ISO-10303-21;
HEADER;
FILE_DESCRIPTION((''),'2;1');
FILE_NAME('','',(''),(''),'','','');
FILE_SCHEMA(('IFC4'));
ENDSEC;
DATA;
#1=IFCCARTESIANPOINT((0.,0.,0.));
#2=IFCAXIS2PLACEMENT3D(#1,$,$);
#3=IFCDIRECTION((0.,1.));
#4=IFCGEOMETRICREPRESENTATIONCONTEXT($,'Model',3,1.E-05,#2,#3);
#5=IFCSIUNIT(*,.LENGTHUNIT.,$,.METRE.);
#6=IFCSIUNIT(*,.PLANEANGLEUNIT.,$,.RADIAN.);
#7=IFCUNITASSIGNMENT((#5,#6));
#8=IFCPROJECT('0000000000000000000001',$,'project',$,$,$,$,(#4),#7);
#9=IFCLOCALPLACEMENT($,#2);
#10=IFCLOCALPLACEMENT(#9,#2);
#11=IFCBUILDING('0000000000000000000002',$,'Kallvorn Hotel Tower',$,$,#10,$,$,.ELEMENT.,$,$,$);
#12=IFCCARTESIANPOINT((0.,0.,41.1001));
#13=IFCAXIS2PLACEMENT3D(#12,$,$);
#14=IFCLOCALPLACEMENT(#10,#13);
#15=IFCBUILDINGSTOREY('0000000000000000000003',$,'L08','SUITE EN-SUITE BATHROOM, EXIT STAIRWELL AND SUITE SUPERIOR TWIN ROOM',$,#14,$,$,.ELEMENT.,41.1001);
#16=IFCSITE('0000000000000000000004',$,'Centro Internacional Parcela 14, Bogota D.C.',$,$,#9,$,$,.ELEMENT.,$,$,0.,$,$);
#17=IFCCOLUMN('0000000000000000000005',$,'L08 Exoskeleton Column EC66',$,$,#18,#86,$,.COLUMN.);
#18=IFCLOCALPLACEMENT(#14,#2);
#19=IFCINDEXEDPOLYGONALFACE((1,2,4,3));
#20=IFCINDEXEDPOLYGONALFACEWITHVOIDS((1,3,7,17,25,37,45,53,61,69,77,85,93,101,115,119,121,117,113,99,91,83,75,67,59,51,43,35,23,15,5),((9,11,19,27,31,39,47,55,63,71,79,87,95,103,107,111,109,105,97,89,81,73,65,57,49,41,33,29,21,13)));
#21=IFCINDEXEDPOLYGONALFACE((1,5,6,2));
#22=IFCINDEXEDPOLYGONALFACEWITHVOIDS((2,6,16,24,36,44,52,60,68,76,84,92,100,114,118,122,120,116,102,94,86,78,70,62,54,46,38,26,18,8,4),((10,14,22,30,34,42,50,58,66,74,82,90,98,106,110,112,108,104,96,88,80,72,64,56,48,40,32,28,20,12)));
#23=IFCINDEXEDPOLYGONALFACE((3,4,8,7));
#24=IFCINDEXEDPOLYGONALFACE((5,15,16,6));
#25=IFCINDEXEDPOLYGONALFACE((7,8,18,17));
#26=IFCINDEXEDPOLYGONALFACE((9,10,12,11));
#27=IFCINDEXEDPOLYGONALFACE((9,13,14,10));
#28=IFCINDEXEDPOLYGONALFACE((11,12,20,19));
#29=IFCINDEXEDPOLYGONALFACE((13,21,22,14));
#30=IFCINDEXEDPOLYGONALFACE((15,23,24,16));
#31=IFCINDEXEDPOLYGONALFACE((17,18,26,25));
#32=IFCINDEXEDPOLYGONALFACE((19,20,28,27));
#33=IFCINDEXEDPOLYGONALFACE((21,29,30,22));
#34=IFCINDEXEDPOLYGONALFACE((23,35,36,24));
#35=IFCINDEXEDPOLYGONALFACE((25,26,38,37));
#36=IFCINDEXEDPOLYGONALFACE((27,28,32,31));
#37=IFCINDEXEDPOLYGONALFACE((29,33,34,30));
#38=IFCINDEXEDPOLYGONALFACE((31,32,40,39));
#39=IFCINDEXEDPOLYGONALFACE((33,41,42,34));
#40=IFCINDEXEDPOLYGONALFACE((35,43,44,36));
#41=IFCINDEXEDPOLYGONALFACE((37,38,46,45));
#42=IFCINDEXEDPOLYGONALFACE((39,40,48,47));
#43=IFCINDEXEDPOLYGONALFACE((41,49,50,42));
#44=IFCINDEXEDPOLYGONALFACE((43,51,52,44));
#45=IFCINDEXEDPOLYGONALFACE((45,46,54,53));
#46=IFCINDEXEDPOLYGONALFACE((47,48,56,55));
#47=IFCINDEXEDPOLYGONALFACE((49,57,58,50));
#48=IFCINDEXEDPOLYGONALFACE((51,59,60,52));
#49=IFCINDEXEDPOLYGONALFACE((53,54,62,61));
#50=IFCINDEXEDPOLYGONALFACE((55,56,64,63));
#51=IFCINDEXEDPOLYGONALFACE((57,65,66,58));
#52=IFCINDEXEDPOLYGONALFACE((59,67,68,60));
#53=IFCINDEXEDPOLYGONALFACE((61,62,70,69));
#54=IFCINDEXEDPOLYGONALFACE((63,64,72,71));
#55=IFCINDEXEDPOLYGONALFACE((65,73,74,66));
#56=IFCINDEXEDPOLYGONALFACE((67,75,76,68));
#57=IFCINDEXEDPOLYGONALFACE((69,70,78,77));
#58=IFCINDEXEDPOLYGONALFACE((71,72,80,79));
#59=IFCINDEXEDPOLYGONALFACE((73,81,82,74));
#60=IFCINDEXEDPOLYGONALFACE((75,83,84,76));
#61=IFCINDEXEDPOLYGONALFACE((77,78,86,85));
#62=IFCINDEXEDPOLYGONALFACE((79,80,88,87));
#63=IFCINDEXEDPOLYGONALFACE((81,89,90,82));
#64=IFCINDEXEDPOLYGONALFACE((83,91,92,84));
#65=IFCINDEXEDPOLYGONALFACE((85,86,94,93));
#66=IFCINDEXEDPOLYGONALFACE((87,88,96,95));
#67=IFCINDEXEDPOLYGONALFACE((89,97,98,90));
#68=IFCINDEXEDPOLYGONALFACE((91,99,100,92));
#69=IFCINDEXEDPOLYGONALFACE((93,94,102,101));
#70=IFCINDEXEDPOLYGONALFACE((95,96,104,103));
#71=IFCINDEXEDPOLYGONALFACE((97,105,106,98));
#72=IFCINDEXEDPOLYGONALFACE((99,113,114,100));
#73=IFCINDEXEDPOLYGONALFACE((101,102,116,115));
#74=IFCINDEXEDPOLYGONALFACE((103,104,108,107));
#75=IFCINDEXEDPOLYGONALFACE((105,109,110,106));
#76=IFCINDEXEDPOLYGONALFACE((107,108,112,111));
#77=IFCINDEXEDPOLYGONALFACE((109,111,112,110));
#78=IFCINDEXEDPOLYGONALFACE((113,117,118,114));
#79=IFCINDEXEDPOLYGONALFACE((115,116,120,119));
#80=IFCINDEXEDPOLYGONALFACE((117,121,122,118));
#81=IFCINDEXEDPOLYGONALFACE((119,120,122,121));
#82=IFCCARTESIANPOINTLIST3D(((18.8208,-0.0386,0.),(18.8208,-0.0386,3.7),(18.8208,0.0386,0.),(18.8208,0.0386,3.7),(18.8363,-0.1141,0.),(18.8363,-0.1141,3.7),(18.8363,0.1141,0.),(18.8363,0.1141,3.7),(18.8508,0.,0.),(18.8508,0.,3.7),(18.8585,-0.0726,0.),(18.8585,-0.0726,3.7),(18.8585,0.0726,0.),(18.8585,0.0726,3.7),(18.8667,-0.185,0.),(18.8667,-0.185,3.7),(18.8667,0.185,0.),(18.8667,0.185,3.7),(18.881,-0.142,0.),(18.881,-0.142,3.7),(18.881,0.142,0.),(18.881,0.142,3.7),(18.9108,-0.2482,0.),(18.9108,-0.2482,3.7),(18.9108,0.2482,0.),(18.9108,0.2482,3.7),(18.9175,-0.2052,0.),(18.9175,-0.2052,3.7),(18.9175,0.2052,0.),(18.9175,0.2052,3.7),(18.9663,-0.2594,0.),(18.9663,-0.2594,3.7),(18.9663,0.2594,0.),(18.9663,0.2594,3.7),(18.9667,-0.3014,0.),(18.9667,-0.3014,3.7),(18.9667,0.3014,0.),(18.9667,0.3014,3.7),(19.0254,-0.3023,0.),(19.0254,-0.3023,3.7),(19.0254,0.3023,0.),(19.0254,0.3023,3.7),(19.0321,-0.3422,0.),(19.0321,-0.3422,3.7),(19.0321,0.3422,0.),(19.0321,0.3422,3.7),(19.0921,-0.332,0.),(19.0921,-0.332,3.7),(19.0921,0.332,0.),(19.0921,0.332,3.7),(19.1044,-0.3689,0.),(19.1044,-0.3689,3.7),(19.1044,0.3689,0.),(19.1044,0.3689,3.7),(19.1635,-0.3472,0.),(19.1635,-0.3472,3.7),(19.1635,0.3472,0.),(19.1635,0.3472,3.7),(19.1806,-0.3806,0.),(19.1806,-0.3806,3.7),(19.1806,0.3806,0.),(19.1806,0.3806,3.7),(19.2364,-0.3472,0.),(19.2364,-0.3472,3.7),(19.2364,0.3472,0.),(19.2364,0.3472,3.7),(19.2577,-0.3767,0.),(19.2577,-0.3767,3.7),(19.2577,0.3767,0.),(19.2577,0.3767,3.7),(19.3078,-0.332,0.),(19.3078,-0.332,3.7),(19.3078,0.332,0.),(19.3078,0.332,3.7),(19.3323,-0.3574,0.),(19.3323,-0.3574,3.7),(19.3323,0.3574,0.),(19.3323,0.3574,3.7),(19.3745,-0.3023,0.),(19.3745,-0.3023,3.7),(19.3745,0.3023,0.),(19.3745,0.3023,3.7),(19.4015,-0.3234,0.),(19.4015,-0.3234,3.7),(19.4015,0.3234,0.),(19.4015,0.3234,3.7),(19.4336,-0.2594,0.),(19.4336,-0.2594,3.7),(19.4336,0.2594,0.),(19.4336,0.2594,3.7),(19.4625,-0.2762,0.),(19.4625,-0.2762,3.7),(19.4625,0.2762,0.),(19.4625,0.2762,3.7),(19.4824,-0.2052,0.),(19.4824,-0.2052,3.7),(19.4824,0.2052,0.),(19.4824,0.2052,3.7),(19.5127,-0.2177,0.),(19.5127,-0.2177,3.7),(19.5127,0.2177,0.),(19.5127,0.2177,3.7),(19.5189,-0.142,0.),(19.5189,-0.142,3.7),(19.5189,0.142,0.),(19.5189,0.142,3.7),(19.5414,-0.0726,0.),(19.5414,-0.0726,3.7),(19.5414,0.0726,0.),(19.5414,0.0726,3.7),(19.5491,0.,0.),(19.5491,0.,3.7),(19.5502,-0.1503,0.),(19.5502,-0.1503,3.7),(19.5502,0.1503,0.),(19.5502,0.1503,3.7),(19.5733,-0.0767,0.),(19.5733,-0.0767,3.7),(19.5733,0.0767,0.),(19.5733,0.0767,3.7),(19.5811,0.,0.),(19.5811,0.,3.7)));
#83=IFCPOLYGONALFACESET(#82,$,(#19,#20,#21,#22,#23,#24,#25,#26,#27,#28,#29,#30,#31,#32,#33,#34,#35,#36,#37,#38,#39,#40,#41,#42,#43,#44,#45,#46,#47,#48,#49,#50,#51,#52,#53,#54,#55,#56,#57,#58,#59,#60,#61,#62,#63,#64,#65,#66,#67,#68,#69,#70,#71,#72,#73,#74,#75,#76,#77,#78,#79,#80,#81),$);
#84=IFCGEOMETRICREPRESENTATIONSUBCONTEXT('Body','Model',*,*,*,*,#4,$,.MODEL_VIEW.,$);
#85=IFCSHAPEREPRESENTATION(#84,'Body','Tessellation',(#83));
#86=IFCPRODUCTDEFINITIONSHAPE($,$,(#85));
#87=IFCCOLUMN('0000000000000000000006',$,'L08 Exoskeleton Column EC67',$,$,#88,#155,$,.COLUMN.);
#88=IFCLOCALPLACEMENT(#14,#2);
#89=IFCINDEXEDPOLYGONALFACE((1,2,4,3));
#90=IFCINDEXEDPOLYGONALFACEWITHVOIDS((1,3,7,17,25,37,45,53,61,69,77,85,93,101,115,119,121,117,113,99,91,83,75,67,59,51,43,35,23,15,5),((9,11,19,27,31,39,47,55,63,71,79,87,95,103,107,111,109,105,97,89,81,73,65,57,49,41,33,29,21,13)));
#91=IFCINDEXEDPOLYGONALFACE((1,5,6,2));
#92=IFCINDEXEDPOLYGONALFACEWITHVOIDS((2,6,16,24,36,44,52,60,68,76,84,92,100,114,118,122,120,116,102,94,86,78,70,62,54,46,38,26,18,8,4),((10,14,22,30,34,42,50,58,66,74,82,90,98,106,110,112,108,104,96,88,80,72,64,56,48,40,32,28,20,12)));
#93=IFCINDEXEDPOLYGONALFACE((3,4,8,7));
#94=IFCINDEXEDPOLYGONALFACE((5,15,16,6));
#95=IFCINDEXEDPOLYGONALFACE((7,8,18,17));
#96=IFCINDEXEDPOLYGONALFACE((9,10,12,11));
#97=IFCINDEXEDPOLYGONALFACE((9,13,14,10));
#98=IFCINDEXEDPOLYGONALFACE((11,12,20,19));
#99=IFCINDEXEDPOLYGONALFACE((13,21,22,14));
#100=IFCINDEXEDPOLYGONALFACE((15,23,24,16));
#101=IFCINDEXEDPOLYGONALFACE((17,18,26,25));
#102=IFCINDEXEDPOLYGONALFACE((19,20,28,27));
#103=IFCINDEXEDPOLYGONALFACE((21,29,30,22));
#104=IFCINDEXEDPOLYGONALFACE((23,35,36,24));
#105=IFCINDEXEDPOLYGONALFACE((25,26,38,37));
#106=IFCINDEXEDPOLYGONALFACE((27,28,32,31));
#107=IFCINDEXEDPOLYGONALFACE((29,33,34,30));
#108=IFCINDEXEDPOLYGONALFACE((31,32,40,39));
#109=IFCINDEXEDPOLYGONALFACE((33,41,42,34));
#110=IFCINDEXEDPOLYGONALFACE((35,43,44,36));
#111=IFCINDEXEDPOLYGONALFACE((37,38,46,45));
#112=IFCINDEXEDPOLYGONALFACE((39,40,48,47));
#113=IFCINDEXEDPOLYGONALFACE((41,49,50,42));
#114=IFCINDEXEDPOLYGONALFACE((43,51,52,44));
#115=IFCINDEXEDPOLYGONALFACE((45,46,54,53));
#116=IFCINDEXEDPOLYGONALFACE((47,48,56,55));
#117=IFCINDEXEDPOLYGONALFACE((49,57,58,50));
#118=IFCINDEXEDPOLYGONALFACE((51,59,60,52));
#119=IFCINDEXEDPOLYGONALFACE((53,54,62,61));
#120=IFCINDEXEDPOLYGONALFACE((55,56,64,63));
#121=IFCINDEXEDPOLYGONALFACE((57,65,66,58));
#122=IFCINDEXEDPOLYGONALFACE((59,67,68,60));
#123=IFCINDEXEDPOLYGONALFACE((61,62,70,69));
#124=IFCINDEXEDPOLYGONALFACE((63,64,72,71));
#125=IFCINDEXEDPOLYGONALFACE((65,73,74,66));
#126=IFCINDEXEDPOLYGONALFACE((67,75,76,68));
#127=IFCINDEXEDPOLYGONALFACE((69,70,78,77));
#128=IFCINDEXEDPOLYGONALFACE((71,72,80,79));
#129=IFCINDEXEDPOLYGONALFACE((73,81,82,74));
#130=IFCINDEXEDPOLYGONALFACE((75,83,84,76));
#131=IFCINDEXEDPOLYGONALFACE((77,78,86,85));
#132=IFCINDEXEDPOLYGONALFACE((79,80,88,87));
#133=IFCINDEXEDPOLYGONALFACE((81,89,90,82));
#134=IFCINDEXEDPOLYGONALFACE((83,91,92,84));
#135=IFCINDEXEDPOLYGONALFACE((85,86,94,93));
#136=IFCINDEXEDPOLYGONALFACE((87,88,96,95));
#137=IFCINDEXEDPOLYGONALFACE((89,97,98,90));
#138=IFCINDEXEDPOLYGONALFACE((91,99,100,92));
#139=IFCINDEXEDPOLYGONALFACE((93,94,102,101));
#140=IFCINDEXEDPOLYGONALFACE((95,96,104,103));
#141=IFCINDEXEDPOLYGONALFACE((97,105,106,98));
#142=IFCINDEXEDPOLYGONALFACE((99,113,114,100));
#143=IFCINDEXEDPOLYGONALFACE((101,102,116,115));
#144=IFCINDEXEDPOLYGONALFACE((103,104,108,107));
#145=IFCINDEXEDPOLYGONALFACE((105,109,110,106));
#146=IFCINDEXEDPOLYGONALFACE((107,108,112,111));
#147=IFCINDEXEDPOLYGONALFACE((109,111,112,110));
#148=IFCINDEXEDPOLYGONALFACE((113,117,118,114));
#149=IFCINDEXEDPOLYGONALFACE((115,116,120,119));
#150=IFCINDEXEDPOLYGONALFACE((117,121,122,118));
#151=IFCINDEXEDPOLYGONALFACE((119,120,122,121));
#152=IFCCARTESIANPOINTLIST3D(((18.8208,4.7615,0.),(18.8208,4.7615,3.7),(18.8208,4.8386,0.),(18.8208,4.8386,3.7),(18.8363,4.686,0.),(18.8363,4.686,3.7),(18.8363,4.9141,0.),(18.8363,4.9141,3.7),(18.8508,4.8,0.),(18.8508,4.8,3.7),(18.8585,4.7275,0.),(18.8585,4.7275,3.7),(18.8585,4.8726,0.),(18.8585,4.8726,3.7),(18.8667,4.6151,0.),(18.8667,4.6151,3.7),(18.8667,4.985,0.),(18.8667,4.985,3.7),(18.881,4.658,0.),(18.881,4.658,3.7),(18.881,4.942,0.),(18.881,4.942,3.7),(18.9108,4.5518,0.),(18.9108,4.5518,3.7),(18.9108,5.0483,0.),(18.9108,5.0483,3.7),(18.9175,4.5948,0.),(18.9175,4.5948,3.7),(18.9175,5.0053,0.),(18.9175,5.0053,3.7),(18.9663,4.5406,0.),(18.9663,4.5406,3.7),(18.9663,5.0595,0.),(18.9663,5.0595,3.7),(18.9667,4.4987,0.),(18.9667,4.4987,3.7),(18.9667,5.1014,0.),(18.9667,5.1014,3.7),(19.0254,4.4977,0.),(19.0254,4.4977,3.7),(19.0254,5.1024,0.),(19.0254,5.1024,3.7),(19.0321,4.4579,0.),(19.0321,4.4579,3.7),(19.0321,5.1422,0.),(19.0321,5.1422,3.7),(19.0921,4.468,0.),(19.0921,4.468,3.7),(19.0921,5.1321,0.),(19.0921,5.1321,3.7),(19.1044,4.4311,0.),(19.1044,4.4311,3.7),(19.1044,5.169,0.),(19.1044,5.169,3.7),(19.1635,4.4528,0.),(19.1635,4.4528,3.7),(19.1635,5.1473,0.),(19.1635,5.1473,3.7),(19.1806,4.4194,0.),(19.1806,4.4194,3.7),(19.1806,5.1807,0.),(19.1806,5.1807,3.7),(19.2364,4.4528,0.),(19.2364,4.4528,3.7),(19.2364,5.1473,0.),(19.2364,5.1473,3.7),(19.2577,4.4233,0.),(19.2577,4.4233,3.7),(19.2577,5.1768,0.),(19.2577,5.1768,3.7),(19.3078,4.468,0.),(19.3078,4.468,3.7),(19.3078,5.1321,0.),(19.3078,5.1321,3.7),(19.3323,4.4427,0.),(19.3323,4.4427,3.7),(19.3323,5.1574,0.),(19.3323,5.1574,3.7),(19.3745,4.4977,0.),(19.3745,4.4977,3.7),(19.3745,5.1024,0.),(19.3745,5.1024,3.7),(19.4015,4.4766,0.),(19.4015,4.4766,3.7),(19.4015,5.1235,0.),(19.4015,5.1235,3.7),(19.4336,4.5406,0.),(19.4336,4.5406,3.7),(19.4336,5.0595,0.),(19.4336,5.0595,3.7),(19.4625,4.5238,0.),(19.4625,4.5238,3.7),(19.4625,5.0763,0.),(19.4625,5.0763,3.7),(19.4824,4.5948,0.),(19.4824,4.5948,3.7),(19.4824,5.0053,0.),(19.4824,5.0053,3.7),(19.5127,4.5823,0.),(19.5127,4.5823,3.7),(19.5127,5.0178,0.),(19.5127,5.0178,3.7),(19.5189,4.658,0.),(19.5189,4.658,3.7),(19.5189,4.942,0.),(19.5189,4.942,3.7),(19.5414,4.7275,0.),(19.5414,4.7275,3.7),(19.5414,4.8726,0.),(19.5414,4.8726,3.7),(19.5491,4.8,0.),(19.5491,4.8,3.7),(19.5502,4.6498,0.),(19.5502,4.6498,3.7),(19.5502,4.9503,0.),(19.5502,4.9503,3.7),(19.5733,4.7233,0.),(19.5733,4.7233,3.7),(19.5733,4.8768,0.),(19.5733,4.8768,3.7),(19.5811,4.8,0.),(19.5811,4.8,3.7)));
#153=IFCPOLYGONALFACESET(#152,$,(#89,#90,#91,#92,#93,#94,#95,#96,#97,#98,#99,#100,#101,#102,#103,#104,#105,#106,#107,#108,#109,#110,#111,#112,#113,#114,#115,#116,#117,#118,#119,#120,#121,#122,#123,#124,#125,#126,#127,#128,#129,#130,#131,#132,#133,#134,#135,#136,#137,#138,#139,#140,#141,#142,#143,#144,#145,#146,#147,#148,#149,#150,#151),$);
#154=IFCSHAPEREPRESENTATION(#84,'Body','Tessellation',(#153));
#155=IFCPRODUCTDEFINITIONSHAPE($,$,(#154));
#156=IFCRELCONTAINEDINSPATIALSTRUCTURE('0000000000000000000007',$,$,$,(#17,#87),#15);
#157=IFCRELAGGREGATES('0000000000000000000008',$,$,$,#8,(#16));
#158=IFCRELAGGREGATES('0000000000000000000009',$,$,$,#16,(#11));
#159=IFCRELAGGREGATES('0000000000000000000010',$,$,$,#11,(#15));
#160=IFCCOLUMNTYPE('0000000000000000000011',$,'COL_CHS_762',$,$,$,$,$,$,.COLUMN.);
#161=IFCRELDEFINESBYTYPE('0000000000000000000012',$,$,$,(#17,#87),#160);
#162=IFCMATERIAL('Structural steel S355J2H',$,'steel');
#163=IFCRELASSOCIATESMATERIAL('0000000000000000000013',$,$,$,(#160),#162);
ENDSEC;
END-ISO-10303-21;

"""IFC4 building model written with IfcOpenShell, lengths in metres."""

from ifc_helpers import new_model, si_unit, direction, frame, origin, origin_2d, place, context, subcontext, project, spatial, hollow_circle, extrude, material, material_profile, profile_set, type_object, element, save


model = new_model("IFC4")

# Units and contexts
model_context = context("Model", 3, precision=1e-05, world=origin(), true_north=direction((0.0, 1.0)))
body_context = subcontext(model_context, "Body", "Model", "MODEL_VIEW")
ifc_project = project(units=[si_unit("LENGTHUNIT", "METRE"), si_unit("PLANEANGLEUNIT", "RADIAN")], contexts=[model_context])

# Site, building, storey
site_placement = place(None, origin())
site = spatial("IfcSite", under=ifc_project, at=site_placement, Name="Centro Internacional Parcela 14, Bogota D.C.", CompositionType="ELEMENT", RefElevation=0.0)
building_placement = place(site_placement, origin())
building = spatial("IfcBuilding", under=site, at=building_placement, Name="Kallvorn Hotel Tower", CompositionType="ELEMENT")
storey_placement = place(building_placement, frame((0.0, 0.0, 41.1001)))
storey = spatial("IfcBuildingStorey", under=building, at=storey_placement, Name="L08", Description="SUITE EN-SUITE BATHROOM, EXIT STAIRWELL AND SUITE SUPERIOR TWIN ROOM", CompositionType="ELEMENT", Elevation=41.1001)

# Columns
ifc_material_1 = material(Name="Structural steel S355J2H", Category="steel")
ifc_material_profile_1 = material_profile(ifc_material_1, hollow_circle(Radius=0.3811, WallThickness=0.032, at=origin_2d()), Name="CHS 762x32")
ifc_profile_set_1 = profile_set([ifc_material_profile_1], Name="Structural steel S355J2H")
column_type_1 = type_object("IfcColumnType", Name="COL_CHS_762", PredefinedType="COLUMN", material=ifc_profile_set_1)
for number, where, z_axis, x_axis, name in (
    (1, (19.2, 0.0, 0.0), (0.0, 0.0, 1.0), (1.0, 0.0, 0.0), "L08 Exoskeleton Column EC66"),
    (2, (19.2, 4.8, 0.0), (0.0, 0.0, 1.0), (1.0, 0.0, 0.0), "L08 Exoskeleton Column EC67"),
):
    element("IfcColumn", number, at=place(storey_placement, frame(where, z_axis=z_axis, x_axis=x_axis)), inside=storey, type_object=column_type_1, Name=name, PredefinedType="COLUMN", context=body_context, shape_type="SweptSolid", body=[
        extrude(hollow_circle(Radius=0.3811, WallThickness=0.032, at=origin_2d()), origin(), (0.0, 0.0, 1.0), 3.7),
    ])

save(model, "model.ifc")
